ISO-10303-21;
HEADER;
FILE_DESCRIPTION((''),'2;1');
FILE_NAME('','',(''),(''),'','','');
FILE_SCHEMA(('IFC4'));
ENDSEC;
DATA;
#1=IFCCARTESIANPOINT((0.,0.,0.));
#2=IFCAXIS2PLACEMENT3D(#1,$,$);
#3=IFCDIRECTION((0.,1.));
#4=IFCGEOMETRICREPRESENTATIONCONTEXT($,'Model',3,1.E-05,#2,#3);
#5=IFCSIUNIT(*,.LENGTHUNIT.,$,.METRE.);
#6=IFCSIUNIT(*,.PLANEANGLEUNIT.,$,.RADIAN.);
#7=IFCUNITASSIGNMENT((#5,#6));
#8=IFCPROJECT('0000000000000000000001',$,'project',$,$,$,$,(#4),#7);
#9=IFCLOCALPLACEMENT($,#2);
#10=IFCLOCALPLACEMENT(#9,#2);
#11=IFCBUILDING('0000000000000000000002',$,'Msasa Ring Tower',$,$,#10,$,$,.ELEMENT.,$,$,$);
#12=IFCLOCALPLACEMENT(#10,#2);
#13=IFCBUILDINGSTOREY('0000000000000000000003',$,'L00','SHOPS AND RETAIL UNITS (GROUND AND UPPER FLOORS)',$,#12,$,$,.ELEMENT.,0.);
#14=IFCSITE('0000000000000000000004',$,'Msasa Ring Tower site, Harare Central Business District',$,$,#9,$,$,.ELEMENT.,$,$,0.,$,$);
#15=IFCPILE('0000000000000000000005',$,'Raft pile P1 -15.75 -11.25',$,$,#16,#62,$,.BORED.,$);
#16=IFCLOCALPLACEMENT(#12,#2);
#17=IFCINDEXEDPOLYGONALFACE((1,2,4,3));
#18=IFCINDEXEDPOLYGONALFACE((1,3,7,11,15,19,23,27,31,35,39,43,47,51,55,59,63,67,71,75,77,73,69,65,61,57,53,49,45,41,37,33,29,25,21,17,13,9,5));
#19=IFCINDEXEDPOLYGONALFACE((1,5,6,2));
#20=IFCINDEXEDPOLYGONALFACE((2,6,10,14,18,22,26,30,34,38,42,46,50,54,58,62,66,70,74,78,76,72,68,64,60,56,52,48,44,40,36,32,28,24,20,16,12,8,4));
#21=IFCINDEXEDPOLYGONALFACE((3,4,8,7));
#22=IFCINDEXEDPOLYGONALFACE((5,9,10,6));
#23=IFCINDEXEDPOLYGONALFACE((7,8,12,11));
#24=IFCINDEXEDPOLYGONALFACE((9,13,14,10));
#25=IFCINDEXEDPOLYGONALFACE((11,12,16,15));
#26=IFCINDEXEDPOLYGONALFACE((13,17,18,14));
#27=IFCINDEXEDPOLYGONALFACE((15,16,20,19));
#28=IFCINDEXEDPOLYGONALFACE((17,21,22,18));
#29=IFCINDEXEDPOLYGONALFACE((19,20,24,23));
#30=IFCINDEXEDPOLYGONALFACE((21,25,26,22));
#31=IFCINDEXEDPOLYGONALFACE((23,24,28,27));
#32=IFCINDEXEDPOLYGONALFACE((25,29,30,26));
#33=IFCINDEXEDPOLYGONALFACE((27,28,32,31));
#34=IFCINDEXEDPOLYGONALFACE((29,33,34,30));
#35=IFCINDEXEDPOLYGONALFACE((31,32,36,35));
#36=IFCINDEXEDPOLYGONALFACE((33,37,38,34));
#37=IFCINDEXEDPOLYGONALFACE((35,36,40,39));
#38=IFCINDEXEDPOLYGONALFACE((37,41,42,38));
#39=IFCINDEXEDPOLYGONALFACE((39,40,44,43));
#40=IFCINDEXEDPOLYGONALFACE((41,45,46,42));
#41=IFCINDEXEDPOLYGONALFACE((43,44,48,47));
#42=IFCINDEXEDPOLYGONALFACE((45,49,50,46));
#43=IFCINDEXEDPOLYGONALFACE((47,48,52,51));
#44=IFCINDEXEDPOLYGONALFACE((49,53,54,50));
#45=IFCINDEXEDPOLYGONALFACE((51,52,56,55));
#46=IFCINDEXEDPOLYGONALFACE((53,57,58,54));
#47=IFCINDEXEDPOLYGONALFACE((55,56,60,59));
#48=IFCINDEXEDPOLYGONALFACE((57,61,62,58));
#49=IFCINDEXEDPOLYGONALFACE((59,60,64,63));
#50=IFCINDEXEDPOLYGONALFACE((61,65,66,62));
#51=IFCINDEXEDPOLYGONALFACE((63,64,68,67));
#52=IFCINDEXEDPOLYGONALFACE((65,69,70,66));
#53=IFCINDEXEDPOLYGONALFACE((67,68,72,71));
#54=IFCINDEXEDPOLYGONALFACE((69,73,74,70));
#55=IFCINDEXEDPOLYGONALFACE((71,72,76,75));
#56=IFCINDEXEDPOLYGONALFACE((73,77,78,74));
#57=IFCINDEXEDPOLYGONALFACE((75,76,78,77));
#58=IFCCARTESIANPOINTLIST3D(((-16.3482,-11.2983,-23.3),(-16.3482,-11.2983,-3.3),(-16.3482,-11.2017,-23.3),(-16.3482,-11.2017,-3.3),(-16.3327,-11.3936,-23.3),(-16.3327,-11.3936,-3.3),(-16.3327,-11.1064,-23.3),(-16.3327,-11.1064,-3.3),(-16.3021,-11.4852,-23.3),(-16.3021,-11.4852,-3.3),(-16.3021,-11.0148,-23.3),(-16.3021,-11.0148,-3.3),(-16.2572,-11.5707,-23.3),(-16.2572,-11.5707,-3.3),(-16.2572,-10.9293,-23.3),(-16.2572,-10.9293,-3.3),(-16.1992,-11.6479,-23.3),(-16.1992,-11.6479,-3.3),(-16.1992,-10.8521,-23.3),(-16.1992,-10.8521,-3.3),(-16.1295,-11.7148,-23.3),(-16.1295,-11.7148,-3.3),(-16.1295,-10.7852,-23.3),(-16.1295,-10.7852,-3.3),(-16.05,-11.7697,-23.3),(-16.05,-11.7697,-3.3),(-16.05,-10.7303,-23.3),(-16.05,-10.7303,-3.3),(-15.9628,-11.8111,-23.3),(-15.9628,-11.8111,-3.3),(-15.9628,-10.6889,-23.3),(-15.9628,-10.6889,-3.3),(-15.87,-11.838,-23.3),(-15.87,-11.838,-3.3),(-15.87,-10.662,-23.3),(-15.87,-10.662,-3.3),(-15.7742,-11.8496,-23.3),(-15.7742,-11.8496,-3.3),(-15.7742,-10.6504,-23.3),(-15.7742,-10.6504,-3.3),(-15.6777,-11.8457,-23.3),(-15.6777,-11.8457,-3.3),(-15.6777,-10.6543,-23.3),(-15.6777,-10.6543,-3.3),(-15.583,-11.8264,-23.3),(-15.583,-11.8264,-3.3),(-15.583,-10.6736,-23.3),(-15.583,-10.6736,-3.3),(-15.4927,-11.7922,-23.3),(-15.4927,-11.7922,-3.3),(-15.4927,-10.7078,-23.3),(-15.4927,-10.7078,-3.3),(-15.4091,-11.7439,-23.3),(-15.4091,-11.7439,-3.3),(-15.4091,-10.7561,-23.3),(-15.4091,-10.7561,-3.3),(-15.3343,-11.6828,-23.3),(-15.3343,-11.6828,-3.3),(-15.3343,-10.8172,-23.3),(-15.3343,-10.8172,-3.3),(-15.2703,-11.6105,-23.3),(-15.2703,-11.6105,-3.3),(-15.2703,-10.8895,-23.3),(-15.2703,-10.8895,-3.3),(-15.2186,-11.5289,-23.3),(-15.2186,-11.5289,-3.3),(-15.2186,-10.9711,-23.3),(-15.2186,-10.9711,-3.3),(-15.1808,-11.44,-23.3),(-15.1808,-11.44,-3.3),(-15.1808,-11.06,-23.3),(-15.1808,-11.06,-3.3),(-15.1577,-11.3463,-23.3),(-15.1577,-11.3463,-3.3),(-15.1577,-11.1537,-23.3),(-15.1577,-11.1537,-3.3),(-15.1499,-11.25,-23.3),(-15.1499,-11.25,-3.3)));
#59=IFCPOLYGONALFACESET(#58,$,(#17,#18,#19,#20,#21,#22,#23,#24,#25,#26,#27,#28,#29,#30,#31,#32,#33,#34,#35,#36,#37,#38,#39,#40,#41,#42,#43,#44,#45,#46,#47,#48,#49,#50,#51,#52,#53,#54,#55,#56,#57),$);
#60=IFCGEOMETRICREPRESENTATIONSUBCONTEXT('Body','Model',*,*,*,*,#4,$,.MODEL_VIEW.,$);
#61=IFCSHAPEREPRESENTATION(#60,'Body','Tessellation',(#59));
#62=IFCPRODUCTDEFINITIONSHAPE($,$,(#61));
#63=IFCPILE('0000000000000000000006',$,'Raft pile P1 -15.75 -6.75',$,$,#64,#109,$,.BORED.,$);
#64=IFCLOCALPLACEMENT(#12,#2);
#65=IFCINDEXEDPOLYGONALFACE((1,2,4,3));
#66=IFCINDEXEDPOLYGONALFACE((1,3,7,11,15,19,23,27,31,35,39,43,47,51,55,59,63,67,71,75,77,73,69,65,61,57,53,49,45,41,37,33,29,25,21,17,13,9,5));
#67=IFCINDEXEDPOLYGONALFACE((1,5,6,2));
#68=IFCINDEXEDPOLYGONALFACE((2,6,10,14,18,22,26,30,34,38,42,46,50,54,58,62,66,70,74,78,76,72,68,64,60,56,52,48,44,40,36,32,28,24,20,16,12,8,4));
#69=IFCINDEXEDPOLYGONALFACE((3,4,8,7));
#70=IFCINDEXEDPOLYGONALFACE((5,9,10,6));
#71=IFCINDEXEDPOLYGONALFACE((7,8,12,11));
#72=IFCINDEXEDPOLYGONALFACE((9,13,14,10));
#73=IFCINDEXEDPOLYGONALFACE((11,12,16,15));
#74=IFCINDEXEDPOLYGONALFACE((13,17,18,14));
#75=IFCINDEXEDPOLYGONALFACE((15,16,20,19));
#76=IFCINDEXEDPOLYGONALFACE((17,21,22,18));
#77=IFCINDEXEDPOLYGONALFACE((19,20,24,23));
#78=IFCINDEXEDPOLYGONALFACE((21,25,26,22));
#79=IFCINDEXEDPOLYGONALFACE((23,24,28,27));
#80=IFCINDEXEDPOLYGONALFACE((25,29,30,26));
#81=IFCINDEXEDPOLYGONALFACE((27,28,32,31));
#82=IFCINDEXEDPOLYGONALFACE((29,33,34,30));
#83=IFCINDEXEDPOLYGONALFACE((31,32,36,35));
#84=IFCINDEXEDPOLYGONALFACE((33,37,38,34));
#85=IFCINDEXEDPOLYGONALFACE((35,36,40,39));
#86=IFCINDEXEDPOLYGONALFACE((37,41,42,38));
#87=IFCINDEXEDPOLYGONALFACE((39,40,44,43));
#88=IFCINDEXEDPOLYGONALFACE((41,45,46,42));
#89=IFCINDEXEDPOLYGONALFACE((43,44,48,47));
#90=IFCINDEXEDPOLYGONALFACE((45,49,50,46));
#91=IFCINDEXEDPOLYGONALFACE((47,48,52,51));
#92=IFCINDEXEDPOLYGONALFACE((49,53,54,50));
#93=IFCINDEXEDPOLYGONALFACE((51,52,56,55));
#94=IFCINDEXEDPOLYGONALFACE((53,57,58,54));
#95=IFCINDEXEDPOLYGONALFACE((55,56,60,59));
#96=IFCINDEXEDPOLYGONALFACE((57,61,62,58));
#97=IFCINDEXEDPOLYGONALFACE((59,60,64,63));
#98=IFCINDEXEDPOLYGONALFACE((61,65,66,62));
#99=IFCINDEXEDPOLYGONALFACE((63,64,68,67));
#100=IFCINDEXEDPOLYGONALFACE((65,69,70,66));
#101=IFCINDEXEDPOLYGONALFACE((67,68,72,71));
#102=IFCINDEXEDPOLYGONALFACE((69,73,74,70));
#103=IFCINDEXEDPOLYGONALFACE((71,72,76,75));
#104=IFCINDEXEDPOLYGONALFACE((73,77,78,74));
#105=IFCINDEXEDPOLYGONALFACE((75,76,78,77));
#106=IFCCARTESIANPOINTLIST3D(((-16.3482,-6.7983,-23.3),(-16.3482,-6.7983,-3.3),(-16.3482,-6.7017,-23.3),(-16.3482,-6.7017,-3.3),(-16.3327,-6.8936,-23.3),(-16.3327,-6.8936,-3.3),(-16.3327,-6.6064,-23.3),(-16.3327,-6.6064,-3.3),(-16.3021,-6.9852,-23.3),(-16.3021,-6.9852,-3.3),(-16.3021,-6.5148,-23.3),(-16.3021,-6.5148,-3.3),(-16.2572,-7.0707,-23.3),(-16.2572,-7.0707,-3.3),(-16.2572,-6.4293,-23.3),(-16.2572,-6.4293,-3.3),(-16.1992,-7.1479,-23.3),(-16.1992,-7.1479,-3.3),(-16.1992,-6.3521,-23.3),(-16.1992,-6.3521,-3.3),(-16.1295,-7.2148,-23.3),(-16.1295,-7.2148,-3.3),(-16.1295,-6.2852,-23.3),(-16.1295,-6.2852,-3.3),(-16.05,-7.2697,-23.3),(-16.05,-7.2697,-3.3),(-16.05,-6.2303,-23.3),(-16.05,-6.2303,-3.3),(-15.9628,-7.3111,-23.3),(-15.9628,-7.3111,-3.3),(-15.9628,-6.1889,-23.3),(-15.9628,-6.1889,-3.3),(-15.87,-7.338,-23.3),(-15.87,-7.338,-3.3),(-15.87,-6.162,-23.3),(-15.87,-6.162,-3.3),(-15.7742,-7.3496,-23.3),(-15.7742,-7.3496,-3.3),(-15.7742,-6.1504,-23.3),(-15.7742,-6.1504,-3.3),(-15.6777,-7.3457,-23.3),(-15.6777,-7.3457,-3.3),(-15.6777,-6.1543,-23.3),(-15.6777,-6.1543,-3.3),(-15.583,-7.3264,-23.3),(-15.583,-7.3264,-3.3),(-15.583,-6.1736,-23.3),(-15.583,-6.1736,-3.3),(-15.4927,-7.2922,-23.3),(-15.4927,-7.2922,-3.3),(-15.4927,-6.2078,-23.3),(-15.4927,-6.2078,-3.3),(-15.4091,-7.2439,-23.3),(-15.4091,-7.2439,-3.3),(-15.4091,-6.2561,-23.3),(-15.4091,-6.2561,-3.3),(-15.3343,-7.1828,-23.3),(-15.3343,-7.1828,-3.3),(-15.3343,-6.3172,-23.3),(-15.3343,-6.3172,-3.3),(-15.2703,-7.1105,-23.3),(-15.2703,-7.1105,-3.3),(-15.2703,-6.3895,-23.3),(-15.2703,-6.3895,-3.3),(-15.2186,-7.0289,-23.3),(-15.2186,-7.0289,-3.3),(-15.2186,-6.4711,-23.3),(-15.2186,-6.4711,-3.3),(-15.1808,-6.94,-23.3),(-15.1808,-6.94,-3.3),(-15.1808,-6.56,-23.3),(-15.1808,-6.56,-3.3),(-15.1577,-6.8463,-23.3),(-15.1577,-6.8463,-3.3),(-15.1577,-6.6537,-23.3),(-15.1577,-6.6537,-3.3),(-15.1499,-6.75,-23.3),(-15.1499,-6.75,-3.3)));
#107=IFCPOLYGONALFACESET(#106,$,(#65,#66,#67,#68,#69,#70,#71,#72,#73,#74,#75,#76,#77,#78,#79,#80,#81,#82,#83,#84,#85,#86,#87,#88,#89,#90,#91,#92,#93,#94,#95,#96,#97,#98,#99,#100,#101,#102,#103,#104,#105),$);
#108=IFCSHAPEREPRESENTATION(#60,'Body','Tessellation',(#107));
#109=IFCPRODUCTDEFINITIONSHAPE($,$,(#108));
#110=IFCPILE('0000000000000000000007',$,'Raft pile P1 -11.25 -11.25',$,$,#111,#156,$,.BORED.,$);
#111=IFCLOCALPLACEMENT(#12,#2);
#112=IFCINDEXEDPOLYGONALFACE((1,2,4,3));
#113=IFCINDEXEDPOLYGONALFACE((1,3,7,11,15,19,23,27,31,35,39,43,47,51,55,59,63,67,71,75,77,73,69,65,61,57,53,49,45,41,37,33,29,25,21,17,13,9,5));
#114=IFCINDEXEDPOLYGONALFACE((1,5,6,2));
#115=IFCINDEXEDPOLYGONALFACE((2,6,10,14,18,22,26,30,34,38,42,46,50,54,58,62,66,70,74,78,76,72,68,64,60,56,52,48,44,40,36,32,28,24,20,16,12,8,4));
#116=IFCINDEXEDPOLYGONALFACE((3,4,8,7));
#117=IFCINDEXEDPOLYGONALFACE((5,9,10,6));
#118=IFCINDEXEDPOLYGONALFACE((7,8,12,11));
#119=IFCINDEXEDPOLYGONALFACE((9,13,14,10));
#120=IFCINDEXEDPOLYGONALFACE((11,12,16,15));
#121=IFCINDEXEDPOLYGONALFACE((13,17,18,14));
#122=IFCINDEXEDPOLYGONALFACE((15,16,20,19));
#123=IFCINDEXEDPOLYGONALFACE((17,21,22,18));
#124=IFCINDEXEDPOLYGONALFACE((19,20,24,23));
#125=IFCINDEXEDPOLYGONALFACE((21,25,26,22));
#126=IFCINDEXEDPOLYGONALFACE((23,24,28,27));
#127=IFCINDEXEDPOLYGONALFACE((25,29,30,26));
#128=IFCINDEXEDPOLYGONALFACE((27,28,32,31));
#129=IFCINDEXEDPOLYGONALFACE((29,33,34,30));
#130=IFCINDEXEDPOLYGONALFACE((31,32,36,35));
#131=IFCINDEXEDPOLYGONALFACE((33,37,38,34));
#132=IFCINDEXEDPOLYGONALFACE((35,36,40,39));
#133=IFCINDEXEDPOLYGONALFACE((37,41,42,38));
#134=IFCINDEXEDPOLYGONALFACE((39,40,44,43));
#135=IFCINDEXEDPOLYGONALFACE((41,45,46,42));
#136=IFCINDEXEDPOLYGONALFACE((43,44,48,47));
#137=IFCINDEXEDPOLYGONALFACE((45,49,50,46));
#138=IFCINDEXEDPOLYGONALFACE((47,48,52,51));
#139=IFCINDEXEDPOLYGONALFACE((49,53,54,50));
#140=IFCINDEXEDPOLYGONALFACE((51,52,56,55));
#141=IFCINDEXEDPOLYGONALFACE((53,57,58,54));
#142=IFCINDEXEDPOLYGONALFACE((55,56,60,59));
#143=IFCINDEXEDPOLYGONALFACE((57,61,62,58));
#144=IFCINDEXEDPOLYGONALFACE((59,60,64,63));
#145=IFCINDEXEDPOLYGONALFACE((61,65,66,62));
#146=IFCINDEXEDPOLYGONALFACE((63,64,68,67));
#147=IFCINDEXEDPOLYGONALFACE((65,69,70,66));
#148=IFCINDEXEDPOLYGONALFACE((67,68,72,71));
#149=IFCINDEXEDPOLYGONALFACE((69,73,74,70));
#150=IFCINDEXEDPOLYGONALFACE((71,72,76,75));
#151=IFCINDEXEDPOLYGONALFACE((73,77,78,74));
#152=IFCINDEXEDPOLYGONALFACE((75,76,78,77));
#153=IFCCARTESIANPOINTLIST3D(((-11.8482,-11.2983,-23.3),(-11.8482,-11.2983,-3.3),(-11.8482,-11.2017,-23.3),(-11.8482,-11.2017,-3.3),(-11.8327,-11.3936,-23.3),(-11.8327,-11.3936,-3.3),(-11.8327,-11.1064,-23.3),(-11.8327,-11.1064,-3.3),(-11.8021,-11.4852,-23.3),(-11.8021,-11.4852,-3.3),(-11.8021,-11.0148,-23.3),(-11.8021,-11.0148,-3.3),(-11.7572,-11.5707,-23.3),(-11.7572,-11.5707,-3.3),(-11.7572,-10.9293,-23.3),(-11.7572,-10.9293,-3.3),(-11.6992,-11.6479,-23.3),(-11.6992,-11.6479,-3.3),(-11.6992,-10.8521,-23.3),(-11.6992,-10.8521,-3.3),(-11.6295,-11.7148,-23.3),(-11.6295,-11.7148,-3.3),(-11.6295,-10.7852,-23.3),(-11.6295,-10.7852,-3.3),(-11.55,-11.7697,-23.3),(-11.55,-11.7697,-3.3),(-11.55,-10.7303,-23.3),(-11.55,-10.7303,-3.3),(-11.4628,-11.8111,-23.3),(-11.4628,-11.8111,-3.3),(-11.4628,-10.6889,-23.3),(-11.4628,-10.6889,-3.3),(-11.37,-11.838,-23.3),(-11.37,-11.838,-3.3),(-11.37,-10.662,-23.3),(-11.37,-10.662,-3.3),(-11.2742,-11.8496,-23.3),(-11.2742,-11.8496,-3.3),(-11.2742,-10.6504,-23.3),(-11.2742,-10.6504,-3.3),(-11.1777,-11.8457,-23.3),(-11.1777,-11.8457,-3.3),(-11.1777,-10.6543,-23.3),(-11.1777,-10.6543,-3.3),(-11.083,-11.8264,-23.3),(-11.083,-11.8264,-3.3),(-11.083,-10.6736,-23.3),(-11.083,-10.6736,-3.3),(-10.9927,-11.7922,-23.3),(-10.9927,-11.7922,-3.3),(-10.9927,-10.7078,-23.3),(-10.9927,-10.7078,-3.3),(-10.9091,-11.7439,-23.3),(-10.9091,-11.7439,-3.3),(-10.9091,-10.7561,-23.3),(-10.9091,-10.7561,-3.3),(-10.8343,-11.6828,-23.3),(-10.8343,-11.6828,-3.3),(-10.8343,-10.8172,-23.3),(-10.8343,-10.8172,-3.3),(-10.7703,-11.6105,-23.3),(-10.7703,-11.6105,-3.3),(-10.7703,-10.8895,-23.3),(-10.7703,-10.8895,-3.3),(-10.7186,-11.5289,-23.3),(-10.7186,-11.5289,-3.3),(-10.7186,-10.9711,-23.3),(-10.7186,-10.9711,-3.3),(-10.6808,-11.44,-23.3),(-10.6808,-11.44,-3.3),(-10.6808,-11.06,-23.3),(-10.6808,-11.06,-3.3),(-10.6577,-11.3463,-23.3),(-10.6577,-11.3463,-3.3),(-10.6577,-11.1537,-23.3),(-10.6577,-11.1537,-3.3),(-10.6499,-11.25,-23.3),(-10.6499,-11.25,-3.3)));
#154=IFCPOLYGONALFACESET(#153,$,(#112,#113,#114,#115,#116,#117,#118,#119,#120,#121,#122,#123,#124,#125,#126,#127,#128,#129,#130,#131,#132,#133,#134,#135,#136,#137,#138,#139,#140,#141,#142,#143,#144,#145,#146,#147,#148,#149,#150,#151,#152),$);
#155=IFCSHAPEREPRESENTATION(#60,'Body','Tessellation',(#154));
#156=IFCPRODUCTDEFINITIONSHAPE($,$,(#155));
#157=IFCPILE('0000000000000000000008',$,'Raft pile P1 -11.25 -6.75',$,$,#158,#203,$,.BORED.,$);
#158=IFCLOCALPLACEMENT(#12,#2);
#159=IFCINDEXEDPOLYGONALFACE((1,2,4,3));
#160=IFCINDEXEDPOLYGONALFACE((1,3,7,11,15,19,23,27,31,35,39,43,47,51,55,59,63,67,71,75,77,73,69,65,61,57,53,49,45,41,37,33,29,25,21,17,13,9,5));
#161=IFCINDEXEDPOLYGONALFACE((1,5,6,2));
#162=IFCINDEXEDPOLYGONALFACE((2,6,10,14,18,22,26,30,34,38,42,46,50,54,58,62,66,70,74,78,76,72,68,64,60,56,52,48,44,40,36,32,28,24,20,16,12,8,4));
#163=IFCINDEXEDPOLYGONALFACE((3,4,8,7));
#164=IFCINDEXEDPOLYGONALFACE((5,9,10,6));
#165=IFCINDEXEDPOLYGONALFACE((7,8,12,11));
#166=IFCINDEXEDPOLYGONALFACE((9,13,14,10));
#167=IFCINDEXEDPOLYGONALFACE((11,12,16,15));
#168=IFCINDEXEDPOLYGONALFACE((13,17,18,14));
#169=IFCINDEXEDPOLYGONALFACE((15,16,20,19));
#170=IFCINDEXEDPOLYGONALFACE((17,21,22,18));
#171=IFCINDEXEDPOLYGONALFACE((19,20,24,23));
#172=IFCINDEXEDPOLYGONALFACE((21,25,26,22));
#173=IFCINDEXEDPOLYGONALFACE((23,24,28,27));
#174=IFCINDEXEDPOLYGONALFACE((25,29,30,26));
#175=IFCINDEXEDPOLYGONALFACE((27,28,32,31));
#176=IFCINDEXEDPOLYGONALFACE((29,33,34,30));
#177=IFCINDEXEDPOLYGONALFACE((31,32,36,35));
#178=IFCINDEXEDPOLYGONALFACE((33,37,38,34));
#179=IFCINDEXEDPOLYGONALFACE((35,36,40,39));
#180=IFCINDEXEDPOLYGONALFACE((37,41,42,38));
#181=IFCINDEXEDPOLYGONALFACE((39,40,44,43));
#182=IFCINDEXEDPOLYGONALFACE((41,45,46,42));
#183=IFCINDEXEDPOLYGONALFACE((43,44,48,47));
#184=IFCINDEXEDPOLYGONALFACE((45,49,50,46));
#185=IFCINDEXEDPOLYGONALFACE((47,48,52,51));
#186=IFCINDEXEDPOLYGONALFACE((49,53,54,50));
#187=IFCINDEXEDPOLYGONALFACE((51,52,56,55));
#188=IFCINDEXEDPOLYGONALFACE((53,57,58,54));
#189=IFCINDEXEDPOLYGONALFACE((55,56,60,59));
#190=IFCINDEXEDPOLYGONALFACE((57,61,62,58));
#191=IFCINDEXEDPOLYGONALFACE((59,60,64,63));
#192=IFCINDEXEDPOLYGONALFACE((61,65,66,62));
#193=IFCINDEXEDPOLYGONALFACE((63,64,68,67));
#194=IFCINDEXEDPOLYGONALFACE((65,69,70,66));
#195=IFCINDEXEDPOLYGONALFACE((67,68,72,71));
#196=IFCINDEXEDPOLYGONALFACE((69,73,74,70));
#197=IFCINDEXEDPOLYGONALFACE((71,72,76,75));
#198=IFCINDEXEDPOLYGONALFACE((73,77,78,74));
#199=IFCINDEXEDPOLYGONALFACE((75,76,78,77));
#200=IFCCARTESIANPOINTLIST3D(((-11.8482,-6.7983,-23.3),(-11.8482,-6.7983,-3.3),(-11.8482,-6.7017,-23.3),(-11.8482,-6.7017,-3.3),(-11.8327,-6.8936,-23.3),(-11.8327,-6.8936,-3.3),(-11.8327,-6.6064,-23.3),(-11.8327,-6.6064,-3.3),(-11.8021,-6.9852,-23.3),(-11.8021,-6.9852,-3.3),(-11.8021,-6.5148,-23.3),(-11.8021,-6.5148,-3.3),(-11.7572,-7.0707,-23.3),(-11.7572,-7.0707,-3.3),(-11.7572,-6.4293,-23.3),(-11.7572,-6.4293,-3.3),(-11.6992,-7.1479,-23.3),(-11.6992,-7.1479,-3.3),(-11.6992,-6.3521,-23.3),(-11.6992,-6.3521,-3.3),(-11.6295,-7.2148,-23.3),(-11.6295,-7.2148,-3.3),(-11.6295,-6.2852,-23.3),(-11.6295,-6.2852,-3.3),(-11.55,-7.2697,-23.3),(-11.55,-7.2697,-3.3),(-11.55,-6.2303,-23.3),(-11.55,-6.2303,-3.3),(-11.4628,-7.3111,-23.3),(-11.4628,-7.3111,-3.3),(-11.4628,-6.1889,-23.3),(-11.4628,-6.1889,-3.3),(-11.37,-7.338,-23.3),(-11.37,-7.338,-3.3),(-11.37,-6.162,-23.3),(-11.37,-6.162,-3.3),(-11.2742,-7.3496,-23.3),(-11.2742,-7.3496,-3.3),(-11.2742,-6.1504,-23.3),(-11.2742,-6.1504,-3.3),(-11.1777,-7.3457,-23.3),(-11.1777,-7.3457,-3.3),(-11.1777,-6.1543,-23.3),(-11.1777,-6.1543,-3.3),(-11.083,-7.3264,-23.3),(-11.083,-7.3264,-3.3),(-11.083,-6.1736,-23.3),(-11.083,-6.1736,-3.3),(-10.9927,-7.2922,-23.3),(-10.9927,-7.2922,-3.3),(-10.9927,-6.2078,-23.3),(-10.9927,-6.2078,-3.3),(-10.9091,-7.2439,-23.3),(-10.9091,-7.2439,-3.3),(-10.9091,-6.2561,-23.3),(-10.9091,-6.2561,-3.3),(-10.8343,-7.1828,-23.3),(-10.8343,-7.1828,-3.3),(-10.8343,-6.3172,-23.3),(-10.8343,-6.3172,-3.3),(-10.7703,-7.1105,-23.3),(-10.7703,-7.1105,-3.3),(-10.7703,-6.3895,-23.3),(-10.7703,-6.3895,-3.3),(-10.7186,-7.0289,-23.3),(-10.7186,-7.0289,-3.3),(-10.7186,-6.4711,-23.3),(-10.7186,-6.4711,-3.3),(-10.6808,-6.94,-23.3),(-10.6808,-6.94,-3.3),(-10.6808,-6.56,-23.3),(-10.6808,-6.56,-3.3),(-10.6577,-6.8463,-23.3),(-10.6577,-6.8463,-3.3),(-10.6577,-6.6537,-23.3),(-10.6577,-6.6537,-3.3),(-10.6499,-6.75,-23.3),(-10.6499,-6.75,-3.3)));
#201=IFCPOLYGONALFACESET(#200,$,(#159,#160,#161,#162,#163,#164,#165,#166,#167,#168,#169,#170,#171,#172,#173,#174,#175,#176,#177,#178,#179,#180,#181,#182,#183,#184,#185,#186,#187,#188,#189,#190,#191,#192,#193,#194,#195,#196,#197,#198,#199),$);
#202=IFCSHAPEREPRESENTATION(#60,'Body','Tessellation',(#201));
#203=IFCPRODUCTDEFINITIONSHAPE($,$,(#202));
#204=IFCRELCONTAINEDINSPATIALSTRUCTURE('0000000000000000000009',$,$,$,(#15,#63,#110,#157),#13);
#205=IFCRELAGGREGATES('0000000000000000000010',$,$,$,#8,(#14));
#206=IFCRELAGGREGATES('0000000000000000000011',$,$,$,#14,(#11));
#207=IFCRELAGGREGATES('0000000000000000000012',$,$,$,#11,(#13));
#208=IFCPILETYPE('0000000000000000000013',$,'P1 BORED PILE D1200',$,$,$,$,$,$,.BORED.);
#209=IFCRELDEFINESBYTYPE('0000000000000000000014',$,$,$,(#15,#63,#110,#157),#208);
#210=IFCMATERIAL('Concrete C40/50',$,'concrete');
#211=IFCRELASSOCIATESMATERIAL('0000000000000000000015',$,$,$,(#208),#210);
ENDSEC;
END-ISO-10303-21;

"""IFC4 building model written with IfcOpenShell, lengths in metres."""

from ifc_helpers import new_model, si_unit, direction, frame, origin, origin_2d, place, context, subcontext, project, spatial, circle, extrude, material, material_profile, profile_set, type_object, element, save


model = new_model("IFC4")

# Units and contexts
model_context = context("Model", 3, precision=1e-05, world=origin(), true_north=direction((0.0, 1.0)))
body_context = subcontext(model_context, "Body", "Model", "MODEL_VIEW")
ifc_project = project(units=[si_unit("LENGTHUNIT", "METRE"), si_unit("PLANEANGLEUNIT", "RADIAN")], contexts=[model_context])

# Site, building, storey
site_placement = place(None, origin())
site = spatial("IfcSite", under=ifc_project, at=site_placement, Name="Msasa Ring Tower site, Harare Central Business District", CompositionType="ELEMENT", RefElevation=0.0)
building_placement = place(site_placement, origin())
building = spatial("IfcBuilding", under=site, at=building_placement, Name="Msasa Ring Tower", CompositionType="ELEMENT")
storey_placement = place(building_placement, origin())
storey = spatial("IfcBuildingStorey", under=building, at=storey_placement, Name="L00", Description="SHOPS AND RETAIL UNITS (GROUND AND UPPER FLOORS)", CompositionType="ELEMENT", Elevation=0.0)

# Piles
ifc_material_1 = material(Name="Concrete C40/50", Category="concrete")
ifc_material_profile_1 = material_profile(ifc_material_1, circle(Radius=0.6001, at=origin_2d()), Name="D1200")
ifc_profile_set_1 = profile_set([ifc_material_profile_1], Name="Concrete C40/50")
pile_type = type_object("IfcPileType", Name="P1 BORED PILE D1200", PredefinedType="BORED", material=ifc_profile_set_1)
for number, where, z_axis, x_axis, name in (
    (1, (-15.75, -11.25, -3.3), (0.0, 0.0, -1.0), (1.0, 0.0, 0.0), "Raft pile P1 -15.75 -11.25"),
    (2, (-15.75, -6.75, -3.3), (0.0, 0.0, -1.0), (1.0, 0.0, 0.0), "Raft pile P1 -15.75 -6.75"),
    (3, (-11.25, -11.25, -3.3), (0.0, 0.0, -1.0), (1.0, 0.0, 0.0), "Raft pile P1 -11.25 -11.25"),
    (4, (-11.25, -6.75, -3.3), (0.0, 0.0, -1.0), (1.0, 0.0, 0.0), "Raft pile P1 -11.25 -6.75"),
):
    element("IfcPile", number, at=place(storey_placement, frame(where, z_axis=z_axis, x_axis=x_axis)), inside=storey, type_object=pile_type, Name=name, PredefinedType="BORED", context=body_context, shape_type="SweptSolid", body=[
        extrude(circle(Radius=0.6001, at=origin_2d()), origin(), (0.0, 0.0, 1.0), 20.0),
    ])

save(model, "model.ifc")
